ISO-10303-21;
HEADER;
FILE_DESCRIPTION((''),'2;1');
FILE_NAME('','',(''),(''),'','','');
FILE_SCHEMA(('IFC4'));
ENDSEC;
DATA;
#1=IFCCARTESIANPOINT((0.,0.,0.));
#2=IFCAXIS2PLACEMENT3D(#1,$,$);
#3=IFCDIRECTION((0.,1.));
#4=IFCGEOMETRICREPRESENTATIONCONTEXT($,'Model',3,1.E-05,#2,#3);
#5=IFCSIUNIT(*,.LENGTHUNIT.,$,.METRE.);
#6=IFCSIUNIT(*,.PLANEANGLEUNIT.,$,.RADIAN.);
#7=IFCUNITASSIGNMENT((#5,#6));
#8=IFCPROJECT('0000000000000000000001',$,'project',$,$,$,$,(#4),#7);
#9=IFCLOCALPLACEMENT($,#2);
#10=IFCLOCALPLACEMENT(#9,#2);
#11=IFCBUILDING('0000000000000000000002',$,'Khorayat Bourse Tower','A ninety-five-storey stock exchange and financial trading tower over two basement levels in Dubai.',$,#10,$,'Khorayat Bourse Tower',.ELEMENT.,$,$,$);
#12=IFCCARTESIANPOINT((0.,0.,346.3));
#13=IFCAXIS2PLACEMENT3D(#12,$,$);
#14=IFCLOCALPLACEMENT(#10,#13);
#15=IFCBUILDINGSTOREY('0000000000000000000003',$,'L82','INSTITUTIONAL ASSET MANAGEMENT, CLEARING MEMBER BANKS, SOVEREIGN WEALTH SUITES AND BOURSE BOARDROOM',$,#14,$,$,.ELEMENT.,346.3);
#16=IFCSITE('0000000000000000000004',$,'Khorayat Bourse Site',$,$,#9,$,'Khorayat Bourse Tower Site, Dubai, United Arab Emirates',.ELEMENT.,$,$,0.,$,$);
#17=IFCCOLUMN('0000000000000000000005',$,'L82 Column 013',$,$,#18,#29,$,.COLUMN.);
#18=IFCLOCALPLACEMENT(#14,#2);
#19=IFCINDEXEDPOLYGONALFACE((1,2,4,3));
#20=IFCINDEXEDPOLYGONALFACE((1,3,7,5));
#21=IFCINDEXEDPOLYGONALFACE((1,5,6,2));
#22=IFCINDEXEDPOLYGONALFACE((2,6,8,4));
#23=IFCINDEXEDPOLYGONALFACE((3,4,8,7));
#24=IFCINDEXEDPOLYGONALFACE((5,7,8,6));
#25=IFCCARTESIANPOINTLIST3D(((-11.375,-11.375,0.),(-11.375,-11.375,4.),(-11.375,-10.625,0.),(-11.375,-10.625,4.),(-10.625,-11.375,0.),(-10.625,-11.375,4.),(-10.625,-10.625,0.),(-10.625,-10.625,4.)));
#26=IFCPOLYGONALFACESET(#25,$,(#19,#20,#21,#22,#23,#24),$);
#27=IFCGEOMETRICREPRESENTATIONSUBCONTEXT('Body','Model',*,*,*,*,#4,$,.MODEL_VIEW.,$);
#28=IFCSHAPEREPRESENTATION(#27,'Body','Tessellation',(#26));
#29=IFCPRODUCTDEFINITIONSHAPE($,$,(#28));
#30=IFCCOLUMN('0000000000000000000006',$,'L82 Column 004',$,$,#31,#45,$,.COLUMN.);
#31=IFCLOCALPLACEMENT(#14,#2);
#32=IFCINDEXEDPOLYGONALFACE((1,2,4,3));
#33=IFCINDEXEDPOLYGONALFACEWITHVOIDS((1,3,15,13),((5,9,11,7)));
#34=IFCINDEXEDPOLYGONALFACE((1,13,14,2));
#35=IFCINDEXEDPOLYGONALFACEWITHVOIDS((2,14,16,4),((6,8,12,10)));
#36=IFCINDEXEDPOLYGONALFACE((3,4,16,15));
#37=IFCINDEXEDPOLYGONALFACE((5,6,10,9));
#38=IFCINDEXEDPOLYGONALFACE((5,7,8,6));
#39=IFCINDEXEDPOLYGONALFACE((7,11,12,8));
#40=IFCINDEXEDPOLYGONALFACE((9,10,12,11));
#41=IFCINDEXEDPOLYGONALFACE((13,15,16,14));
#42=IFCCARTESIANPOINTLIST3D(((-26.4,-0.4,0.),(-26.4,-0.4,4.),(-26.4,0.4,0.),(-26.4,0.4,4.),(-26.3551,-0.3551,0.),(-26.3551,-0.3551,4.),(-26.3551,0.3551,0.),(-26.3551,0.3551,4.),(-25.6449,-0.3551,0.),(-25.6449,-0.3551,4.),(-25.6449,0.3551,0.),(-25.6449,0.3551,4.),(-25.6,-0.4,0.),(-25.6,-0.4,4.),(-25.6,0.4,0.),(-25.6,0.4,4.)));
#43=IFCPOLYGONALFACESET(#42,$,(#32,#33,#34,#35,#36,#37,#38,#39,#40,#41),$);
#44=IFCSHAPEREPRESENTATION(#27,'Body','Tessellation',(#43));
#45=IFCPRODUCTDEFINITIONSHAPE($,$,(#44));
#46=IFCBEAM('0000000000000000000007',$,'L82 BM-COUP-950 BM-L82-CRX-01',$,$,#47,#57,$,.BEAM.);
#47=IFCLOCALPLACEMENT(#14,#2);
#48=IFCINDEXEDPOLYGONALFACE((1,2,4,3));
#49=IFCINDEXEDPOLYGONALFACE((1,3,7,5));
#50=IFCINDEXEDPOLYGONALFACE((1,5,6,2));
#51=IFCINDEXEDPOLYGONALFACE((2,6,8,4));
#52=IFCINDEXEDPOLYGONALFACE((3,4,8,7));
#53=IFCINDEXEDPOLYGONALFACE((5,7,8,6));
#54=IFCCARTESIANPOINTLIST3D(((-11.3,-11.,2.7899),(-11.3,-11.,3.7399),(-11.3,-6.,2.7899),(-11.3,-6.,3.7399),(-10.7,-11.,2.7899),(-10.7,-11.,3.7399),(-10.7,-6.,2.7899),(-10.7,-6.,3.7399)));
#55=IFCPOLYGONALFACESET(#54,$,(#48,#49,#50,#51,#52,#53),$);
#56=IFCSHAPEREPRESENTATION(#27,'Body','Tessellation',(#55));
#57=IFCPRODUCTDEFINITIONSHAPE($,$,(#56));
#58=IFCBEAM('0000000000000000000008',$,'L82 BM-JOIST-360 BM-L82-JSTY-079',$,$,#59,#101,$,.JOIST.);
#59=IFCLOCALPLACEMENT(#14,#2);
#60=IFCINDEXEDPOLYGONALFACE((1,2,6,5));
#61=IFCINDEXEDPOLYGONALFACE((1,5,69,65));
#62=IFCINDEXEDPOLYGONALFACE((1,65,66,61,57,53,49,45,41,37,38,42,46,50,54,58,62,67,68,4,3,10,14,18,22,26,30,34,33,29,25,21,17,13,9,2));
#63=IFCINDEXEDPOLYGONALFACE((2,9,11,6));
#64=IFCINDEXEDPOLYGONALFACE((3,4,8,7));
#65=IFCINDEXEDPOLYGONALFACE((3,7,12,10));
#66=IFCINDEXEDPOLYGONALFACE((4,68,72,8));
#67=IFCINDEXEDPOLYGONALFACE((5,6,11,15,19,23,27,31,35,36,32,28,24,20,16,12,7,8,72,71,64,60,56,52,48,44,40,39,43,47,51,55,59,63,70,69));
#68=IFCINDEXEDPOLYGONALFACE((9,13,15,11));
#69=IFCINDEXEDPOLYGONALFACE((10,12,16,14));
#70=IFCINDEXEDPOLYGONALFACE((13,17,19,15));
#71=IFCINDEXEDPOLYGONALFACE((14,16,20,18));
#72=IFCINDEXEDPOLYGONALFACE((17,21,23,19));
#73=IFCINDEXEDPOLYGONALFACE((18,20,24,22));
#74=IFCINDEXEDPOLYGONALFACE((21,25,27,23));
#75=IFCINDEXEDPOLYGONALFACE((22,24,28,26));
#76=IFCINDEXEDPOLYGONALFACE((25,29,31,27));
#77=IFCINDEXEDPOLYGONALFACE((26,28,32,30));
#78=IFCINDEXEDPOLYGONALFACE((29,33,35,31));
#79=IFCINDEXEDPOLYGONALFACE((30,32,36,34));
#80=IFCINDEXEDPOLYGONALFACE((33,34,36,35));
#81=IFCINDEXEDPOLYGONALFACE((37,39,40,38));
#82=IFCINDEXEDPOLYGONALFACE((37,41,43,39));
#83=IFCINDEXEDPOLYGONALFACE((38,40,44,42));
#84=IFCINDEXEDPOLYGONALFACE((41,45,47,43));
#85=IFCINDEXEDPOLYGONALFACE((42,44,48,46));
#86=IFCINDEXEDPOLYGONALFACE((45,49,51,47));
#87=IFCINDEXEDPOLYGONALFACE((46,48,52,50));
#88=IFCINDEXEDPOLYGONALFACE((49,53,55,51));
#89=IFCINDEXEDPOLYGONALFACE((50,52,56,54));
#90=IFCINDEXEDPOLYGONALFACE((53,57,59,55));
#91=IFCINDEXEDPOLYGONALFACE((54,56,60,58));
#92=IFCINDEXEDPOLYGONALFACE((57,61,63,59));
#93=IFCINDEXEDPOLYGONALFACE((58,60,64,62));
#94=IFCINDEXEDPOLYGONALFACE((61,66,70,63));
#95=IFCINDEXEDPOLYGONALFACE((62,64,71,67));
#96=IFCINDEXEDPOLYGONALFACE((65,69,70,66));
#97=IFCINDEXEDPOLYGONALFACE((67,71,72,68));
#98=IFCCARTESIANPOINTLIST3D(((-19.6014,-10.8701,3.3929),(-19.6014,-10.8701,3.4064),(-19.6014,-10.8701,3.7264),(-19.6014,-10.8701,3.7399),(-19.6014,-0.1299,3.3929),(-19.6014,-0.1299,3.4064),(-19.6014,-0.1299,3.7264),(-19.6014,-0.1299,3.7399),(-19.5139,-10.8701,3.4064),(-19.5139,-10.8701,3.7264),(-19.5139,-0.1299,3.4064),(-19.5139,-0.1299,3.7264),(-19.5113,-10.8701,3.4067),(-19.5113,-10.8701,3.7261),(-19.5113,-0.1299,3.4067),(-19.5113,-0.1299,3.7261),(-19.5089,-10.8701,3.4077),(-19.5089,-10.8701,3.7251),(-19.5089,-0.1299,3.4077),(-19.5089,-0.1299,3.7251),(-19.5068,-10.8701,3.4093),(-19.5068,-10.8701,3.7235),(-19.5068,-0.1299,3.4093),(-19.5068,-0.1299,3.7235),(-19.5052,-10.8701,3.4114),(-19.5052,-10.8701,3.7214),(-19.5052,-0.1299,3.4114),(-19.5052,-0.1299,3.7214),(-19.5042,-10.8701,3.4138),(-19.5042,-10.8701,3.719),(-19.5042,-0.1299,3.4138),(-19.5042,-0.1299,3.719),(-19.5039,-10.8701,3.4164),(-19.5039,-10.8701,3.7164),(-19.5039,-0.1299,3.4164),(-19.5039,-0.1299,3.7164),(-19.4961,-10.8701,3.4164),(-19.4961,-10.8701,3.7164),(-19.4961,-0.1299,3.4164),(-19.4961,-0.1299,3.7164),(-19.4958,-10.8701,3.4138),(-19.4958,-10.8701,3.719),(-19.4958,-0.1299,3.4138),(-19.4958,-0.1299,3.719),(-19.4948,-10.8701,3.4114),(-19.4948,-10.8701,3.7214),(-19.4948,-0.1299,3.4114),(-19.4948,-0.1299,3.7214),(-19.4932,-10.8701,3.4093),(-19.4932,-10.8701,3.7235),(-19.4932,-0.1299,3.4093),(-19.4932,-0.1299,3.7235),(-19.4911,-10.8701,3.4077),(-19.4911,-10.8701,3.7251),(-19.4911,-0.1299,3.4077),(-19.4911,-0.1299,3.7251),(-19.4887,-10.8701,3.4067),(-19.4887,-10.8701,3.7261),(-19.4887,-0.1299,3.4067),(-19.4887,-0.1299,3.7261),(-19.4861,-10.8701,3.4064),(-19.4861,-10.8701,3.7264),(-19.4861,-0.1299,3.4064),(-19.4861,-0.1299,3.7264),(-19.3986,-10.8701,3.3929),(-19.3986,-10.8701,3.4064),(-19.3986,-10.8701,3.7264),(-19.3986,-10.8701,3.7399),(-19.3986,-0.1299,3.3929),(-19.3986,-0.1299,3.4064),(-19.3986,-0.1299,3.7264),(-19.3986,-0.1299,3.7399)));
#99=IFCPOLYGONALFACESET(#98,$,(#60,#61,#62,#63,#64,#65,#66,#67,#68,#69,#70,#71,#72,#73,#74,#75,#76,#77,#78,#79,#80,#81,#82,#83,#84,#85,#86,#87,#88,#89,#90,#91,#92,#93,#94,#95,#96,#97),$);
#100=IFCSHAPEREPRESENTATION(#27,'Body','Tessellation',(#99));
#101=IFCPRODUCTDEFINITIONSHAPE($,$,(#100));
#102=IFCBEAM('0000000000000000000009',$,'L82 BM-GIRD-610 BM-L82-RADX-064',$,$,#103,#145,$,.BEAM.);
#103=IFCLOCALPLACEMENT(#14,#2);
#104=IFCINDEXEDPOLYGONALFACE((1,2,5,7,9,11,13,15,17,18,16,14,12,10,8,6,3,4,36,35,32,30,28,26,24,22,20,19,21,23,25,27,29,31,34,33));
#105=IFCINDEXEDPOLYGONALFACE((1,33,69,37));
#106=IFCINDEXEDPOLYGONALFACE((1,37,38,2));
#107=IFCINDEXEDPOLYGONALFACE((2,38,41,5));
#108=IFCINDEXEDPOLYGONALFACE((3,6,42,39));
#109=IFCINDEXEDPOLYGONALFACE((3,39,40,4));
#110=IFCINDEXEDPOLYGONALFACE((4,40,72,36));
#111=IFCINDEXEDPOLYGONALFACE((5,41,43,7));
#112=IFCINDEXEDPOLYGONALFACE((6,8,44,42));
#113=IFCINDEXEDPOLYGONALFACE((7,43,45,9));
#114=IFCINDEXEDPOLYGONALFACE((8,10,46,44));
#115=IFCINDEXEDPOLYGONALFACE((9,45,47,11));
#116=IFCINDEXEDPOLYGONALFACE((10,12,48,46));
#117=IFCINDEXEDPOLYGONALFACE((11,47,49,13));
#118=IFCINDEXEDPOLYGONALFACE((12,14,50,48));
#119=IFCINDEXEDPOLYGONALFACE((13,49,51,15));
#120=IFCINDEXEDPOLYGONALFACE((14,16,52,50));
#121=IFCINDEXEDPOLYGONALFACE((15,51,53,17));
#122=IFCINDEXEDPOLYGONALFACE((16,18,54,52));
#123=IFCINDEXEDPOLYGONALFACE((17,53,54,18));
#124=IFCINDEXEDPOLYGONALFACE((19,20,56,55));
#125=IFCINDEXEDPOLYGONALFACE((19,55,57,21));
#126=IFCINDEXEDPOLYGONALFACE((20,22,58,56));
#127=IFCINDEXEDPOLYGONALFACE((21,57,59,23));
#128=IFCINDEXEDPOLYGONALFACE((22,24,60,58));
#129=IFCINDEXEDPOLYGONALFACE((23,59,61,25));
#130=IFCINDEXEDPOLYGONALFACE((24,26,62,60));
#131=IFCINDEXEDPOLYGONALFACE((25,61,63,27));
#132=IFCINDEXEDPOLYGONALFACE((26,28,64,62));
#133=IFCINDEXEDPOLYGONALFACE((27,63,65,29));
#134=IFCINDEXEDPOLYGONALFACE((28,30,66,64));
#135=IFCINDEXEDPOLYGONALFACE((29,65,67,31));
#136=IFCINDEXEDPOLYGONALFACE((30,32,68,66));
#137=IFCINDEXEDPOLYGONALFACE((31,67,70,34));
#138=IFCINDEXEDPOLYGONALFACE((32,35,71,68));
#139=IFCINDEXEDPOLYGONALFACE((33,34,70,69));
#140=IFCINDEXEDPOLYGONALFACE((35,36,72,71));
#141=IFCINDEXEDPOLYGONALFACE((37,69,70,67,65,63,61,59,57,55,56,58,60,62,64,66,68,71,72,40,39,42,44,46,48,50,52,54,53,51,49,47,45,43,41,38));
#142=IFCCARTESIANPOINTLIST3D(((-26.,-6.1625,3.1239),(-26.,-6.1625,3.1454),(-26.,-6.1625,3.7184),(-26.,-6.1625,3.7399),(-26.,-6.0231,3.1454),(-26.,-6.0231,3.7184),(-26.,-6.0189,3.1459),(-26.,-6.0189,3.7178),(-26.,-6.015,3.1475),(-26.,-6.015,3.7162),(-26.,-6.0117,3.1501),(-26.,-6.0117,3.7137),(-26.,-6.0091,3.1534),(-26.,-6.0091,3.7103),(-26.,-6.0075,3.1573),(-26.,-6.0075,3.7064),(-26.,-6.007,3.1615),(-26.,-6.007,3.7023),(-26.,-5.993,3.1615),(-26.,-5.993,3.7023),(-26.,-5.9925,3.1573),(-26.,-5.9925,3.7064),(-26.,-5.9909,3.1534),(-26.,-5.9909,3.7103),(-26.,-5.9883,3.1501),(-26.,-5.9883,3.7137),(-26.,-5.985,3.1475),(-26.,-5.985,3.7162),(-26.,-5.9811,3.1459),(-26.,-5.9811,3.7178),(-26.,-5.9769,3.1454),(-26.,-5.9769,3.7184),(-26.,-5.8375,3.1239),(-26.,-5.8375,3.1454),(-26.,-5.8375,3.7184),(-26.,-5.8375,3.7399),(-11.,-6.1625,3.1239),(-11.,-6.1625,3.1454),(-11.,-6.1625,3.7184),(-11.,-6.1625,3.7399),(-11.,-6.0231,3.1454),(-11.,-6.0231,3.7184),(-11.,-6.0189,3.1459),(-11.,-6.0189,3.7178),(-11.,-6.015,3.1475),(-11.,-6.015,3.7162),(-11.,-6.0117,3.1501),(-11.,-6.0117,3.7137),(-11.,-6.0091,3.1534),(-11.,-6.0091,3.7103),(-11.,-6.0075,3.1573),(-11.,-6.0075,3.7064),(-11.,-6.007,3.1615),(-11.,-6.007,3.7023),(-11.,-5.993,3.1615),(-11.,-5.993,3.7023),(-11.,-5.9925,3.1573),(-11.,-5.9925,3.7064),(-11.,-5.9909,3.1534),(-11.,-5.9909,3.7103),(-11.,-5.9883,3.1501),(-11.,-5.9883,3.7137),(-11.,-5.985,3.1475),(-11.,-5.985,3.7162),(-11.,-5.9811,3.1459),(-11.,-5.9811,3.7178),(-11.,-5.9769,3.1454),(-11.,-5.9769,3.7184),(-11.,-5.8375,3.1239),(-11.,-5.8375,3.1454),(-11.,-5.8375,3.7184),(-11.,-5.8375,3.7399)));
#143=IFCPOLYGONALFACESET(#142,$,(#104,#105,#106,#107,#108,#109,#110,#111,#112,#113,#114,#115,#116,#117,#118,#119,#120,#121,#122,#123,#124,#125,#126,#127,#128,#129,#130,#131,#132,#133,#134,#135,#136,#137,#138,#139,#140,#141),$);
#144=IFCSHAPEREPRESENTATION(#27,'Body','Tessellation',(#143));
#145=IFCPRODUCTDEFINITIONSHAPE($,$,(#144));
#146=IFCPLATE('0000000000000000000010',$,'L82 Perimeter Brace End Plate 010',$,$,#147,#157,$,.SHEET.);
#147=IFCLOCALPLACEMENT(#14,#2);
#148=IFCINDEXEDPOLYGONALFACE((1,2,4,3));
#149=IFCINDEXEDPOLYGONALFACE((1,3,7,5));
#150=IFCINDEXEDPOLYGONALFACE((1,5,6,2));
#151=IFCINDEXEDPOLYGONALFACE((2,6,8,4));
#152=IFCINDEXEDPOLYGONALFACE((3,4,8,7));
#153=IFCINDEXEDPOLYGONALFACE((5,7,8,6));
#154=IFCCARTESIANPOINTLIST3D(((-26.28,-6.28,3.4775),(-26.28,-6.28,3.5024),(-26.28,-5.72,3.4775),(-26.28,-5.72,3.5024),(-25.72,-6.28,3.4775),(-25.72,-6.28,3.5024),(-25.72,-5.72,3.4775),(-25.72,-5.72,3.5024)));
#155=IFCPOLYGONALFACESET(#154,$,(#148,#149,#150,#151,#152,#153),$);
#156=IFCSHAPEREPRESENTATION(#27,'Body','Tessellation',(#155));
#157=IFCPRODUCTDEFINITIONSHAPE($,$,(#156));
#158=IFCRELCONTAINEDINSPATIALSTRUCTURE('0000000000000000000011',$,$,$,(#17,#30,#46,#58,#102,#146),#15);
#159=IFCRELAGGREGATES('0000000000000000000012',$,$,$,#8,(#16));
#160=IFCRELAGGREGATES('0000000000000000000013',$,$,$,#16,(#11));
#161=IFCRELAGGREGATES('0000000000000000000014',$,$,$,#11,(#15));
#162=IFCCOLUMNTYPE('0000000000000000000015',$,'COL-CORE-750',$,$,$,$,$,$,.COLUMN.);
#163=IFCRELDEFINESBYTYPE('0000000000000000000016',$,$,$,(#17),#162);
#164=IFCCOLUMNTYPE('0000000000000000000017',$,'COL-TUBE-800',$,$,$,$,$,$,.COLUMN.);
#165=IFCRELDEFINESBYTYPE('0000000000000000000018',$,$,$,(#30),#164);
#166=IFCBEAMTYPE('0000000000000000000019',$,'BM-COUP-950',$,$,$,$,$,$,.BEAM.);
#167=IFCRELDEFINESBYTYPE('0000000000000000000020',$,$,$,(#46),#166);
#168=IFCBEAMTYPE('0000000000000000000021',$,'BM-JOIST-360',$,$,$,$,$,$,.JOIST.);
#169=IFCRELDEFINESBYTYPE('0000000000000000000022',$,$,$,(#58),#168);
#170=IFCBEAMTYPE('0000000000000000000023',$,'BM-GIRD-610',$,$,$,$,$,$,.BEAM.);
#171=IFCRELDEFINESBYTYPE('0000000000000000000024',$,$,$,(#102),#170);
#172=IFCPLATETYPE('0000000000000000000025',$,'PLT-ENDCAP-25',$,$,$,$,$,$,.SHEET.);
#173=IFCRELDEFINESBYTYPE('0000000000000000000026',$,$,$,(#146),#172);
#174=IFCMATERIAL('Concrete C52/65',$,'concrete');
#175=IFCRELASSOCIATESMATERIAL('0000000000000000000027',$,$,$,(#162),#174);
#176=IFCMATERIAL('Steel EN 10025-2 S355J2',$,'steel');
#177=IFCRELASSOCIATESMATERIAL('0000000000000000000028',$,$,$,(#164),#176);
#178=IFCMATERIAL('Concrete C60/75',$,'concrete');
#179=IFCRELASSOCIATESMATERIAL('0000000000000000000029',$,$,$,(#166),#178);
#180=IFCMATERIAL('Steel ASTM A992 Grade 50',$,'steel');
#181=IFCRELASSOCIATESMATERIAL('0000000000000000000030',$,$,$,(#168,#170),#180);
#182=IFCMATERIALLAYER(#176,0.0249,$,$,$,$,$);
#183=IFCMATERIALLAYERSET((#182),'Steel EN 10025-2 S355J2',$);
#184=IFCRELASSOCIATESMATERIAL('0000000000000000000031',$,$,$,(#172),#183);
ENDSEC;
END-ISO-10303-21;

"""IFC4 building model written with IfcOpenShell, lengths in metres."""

from ifc_helpers import new_model, si_unit, direction, frame, origin, origin_2d, place, context, subcontext, project, spatial, rectangle, hollow_rectangle, i_section, extrude, source, transform, mapped, material, layer, layer_set, material_profile, profile_set, type_object, element, save


model = new_model("IFC4")

# Units and contexts
model_context = context("Model", 3, precision=1e-05, world=origin(), true_north=direction((0.0, 1.0)))
body_context = subcontext(model_context, "Body", "Model", "MODEL_VIEW")
ifc_project = project(units=[si_unit("LENGTHUNIT", "METRE"), si_unit("PLANEANGLEUNIT", "RADIAN")], contexts=[model_context])

# Site, building, storey
site_placement = place(None, origin())
site = spatial("IfcSite", under=ifc_project, at=site_placement, Name="Khorayat Bourse Site", LongName="Khorayat Bourse Tower Site, Dubai, United Arab Emirates", CompositionType="ELEMENT", RefElevation=0.0)
building_placement = place(site_placement, origin())
building = spatial("IfcBuilding", under=site, at=building_placement, Name="Khorayat Bourse Tower", Description="A ninety-five-storey stock exchange and financial trading tower over two basement levels in Dubai.", LongName="Khorayat Bourse Tower", CompositionType="ELEMENT")
storey_placement = place(building_placement, frame((0.0, 0.0, 346.3)))
storey = spatial("IfcBuildingStorey", under=building, at=storey_placement, Name="L82", Description="INSTITUTIONAL ASSET MANAGEMENT, CLEARING MEMBER BANKS, SOVEREIGN WEALTH SUITES AND BOURSE BOARDROOM", CompositionType="ELEMENT", Elevation=346.3)

# Columns
ifc_material_1 = material(Name="Concrete C52/65", Category="concrete")
ifc_material_profile_1 = material_profile(ifc_material_1, rectangle(XDim=0.75, YDim=0.75, at=origin_2d()), Name="RC 750x750")
ifc_profile_set_1 = profile_set([ifc_material_profile_1], Name="Concrete C52/65")
column_type_1 = type_object("IfcColumnType", Name="COL-CORE-750", PredefinedType="COLUMN", material=ifc_profile_set_1)
shared_shape_1 = source(origin(), body_context, "Body", "SweptSolid", [
    extrude(rectangle(XDim=0.75, YDim=0.75, at=origin_2d()), origin(), (0.0, 0.0, 1.0), 4.0),
])
column_1_placement = place(storey_placement, frame((-11.0, -11.0, 0.0), z_axis=(0.0, 0.0, 1.0), x_axis=(1.0, 0.0, 0.0)))
element("IfcColumn", 1, at=column_1_placement, inside=storey, type_object=column_type_1, Name="L82 Column 013", PredefinedType="COLUMN", context=body_context, shape_type="MappedRepresentation", body=[
    mapped(shared_shape_1, transform((0.0, 0.0, 0.0), scale=1.0)),
])
ifc_material_2 = material(Name="Steel EN 10025-2 S355J2", Category="steel")
ifc_material_profile_2 = material_profile(ifc_material_2, hollow_rectangle(XDim=0.8, YDim=0.8, WallThickness=0.0449, at=origin_2d()), Name="BOX 800x800x45")
ifc_profile_set_2 = profile_set([ifc_material_profile_2], Name="Steel EN 10025-2 S355J2")
column_type_2 = type_object("IfcColumnType", Name="COL-TUBE-800", PredefinedType="COLUMN", material=ifc_profile_set_2)
shared_shape_2 = source(origin(), body_context, "Body", "SweptSolid", [
    extrude(hollow_rectangle(XDim=0.8, YDim=0.8, WallThickness=0.0449, at=origin_2d()), origin(), (0.0, 0.0, 1.0), 4.0),
])
column_2_placement = place(storey_placement, frame((-26.0, 0.0, 0.0), z_axis=(0.0, 0.0, 1.0), x_axis=(1.0, 0.0, 0.0)))
element("IfcColumn", 2, at=column_2_placement, inside=storey, type_object=column_type_2, Name="L82 Column 004", PredefinedType="COLUMN", context=body_context, shape_type="MappedRepresentation", body=[
    mapped(shared_shape_2, transform((0.0, 0.0, 0.0), scale=1.0)),
])

# Beams
ifc_material_3 = material(Name="Concrete C60/75", Category="concrete")
ifc_material_profile_3 = material_profile(ifc_material_3, rectangle(XDim=0.6001, YDim=0.95, at=origin_2d()), Name="RC 600x950")
ifc_profile_set_3 = profile_set([ifc_material_profile_3], Name="Concrete C60/75")
beam_type_1 = type_object("IfcBeamType", Name="BM-COUP-950", PredefinedType="BEAM", material=ifc_profile_set_3)
shared_shape_3 = source(origin(), body_context, "Body", "SweptSolid", [
    extrude(rectangle(XDim=0.6001, YDim=0.95, at=origin_2d()), origin(), (0.0, 0.0, 1.0), 5.0),
])
beam_1_placement = place(storey_placement, frame((-11.0, -11.0, 3.2649), z_axis=(0.0, 1.0, 0.0), x_axis=(-1.0, 0.0, 0.0)))
element("IfcBeam", 3, at=beam_1_placement, inside=storey, type_object=beam_type_1, Name="L82 BM-COUP-950 BM-L82-CRX-01", PredefinedType="BEAM", context=body_context, shape_type="MappedRepresentation", body=[
    mapped(shared_shape_3, transform((0.0, 0.0, 0.0), scale=1.0)),
])
ifc_material_4 = material(Name="Steel ASTM A992 Grade 50", Category="steel")
ifc_material_profile_4 = material_profile(ifc_material_4, i_section(OverallWidth=0.2029, OverallDepth=0.3469, WebThickness=0.0078, FlangeThickness=0.0134, FilletRadius=0.01, at=origin_2d()), Name="W360X64")
ifc_profile_set_4 = profile_set([ifc_material_profile_4], Name="Steel ASTM A992 Grade 50")
beam_type_2 = type_object("IfcBeamType", Name="BM-JOIST-360", PredefinedType="JOIST", material=ifc_profile_set_4)
shared_shape_4 = source(origin(), body_context, "Body", "SweptSolid", [
    extrude(i_section(OverallWidth=0.2029, OverallDepth=0.3469, WebThickness=0.0078, FlangeThickness=0.0134, FilletRadius=0.01, at=origin_2d()), origin(), (0.0, 0.0, 1.0), 10.7402),
])
beam_2_placement = place(storey_placement, frame((-19.5, -10.8701, 3.5664), z_axis=(0.0, 1.0, 0.0), x_axis=(-1.0, 0.0, 0.0)))
element("IfcBeam", 4, at=beam_2_placement, inside=storey, type_object=beam_type_2, Name="L82 BM-JOIST-360 BM-L82-JSTY-079", PredefinedType="JOIST", context=body_context, shape_type="MappedRepresentation", body=[
    mapped(shared_shape_4, transform((0.0, 0.0, 0.0), scale=1.0)),
])
ifc_material_profile_5 = material_profile(ifc_material_4, i_section(OverallWidth=0.325, OverallDepth=0.616, WebThickness=0.0139, FlangeThickness=0.0215, FilletRadius=0.0161, at=origin_2d()), Name="W610X174")
ifc_profile_set_5 = profile_set([ifc_material_profile_5], Name="Steel ASTM A992 Grade 50")
beam_type_3 = type_object("IfcBeamType", Name="BM-GIRD-610", PredefinedType="BEAM", material=ifc_profile_set_5)
shared_shape_5 = source(origin(), body_context, "Body", "SweptSolid", [
    extrude(i_section(OverallWidth=0.325, OverallDepth=0.616, WebThickness=0.0139, FlangeThickness=0.0215, FilletRadius=0.0161, at=origin_2d()), origin(), (0.0, 0.0, 1.0), 15.0),
])
beam_3_placement = place(storey_placement, frame((-26.0, -6.0, 3.4319), z_axis=(1.0, 0.0, 0.0), x_axis=(0.0, 1.0, 0.0)))
element("IfcBeam", 5, at=beam_3_placement, inside=storey, type_object=beam_type_3, Name="L82 BM-GIRD-610 BM-L82-RADX-064", PredefinedType="BEAM", context=body_context, shape_type="MappedRepresentation", body=[
    mapped(shared_shape_5, transform((0.0, 0.0, 0.0), scale=1.0)),
])

# Plate
ifc_layer_1 = layer(ifc_material_2, 0.0249)
ifc_layer_set_1 = layer_set([ifc_layer_1], Name="Steel EN 10025-2 S355J2")
plate_type = type_object("IfcPlateType", Name="PLT-ENDCAP-25", PredefinedType="SHEET", material=ifc_layer_set_1)
shared_shape_6 = source(origin(), body_context, "Body", "SweptSolid", [
    extrude(rectangle(XDim=0.5601, YDim=0.5601, at=origin_2d()), origin(), (0.0, 0.0, 1.0), 0.0249),
])
plate_placement = place(storey_placement, frame((-26.0, -6.0, 3.4775), z_axis=(0.0, 0.0, 1.0), x_axis=(1.0, 0.0, 0.0)))
element("IfcPlate", 6, at=plate_placement, inside=storey, type_object=plate_type, Name="L82 Perimeter Brace End Plate 010", PredefinedType="SHEET", context=body_context, shape_type="MappedRepresentation", body=[
    mapped(shared_shape_6, transform((0.0, 0.0, 0.0), scale=1.0)),
])

save(model, "model.ifc")
